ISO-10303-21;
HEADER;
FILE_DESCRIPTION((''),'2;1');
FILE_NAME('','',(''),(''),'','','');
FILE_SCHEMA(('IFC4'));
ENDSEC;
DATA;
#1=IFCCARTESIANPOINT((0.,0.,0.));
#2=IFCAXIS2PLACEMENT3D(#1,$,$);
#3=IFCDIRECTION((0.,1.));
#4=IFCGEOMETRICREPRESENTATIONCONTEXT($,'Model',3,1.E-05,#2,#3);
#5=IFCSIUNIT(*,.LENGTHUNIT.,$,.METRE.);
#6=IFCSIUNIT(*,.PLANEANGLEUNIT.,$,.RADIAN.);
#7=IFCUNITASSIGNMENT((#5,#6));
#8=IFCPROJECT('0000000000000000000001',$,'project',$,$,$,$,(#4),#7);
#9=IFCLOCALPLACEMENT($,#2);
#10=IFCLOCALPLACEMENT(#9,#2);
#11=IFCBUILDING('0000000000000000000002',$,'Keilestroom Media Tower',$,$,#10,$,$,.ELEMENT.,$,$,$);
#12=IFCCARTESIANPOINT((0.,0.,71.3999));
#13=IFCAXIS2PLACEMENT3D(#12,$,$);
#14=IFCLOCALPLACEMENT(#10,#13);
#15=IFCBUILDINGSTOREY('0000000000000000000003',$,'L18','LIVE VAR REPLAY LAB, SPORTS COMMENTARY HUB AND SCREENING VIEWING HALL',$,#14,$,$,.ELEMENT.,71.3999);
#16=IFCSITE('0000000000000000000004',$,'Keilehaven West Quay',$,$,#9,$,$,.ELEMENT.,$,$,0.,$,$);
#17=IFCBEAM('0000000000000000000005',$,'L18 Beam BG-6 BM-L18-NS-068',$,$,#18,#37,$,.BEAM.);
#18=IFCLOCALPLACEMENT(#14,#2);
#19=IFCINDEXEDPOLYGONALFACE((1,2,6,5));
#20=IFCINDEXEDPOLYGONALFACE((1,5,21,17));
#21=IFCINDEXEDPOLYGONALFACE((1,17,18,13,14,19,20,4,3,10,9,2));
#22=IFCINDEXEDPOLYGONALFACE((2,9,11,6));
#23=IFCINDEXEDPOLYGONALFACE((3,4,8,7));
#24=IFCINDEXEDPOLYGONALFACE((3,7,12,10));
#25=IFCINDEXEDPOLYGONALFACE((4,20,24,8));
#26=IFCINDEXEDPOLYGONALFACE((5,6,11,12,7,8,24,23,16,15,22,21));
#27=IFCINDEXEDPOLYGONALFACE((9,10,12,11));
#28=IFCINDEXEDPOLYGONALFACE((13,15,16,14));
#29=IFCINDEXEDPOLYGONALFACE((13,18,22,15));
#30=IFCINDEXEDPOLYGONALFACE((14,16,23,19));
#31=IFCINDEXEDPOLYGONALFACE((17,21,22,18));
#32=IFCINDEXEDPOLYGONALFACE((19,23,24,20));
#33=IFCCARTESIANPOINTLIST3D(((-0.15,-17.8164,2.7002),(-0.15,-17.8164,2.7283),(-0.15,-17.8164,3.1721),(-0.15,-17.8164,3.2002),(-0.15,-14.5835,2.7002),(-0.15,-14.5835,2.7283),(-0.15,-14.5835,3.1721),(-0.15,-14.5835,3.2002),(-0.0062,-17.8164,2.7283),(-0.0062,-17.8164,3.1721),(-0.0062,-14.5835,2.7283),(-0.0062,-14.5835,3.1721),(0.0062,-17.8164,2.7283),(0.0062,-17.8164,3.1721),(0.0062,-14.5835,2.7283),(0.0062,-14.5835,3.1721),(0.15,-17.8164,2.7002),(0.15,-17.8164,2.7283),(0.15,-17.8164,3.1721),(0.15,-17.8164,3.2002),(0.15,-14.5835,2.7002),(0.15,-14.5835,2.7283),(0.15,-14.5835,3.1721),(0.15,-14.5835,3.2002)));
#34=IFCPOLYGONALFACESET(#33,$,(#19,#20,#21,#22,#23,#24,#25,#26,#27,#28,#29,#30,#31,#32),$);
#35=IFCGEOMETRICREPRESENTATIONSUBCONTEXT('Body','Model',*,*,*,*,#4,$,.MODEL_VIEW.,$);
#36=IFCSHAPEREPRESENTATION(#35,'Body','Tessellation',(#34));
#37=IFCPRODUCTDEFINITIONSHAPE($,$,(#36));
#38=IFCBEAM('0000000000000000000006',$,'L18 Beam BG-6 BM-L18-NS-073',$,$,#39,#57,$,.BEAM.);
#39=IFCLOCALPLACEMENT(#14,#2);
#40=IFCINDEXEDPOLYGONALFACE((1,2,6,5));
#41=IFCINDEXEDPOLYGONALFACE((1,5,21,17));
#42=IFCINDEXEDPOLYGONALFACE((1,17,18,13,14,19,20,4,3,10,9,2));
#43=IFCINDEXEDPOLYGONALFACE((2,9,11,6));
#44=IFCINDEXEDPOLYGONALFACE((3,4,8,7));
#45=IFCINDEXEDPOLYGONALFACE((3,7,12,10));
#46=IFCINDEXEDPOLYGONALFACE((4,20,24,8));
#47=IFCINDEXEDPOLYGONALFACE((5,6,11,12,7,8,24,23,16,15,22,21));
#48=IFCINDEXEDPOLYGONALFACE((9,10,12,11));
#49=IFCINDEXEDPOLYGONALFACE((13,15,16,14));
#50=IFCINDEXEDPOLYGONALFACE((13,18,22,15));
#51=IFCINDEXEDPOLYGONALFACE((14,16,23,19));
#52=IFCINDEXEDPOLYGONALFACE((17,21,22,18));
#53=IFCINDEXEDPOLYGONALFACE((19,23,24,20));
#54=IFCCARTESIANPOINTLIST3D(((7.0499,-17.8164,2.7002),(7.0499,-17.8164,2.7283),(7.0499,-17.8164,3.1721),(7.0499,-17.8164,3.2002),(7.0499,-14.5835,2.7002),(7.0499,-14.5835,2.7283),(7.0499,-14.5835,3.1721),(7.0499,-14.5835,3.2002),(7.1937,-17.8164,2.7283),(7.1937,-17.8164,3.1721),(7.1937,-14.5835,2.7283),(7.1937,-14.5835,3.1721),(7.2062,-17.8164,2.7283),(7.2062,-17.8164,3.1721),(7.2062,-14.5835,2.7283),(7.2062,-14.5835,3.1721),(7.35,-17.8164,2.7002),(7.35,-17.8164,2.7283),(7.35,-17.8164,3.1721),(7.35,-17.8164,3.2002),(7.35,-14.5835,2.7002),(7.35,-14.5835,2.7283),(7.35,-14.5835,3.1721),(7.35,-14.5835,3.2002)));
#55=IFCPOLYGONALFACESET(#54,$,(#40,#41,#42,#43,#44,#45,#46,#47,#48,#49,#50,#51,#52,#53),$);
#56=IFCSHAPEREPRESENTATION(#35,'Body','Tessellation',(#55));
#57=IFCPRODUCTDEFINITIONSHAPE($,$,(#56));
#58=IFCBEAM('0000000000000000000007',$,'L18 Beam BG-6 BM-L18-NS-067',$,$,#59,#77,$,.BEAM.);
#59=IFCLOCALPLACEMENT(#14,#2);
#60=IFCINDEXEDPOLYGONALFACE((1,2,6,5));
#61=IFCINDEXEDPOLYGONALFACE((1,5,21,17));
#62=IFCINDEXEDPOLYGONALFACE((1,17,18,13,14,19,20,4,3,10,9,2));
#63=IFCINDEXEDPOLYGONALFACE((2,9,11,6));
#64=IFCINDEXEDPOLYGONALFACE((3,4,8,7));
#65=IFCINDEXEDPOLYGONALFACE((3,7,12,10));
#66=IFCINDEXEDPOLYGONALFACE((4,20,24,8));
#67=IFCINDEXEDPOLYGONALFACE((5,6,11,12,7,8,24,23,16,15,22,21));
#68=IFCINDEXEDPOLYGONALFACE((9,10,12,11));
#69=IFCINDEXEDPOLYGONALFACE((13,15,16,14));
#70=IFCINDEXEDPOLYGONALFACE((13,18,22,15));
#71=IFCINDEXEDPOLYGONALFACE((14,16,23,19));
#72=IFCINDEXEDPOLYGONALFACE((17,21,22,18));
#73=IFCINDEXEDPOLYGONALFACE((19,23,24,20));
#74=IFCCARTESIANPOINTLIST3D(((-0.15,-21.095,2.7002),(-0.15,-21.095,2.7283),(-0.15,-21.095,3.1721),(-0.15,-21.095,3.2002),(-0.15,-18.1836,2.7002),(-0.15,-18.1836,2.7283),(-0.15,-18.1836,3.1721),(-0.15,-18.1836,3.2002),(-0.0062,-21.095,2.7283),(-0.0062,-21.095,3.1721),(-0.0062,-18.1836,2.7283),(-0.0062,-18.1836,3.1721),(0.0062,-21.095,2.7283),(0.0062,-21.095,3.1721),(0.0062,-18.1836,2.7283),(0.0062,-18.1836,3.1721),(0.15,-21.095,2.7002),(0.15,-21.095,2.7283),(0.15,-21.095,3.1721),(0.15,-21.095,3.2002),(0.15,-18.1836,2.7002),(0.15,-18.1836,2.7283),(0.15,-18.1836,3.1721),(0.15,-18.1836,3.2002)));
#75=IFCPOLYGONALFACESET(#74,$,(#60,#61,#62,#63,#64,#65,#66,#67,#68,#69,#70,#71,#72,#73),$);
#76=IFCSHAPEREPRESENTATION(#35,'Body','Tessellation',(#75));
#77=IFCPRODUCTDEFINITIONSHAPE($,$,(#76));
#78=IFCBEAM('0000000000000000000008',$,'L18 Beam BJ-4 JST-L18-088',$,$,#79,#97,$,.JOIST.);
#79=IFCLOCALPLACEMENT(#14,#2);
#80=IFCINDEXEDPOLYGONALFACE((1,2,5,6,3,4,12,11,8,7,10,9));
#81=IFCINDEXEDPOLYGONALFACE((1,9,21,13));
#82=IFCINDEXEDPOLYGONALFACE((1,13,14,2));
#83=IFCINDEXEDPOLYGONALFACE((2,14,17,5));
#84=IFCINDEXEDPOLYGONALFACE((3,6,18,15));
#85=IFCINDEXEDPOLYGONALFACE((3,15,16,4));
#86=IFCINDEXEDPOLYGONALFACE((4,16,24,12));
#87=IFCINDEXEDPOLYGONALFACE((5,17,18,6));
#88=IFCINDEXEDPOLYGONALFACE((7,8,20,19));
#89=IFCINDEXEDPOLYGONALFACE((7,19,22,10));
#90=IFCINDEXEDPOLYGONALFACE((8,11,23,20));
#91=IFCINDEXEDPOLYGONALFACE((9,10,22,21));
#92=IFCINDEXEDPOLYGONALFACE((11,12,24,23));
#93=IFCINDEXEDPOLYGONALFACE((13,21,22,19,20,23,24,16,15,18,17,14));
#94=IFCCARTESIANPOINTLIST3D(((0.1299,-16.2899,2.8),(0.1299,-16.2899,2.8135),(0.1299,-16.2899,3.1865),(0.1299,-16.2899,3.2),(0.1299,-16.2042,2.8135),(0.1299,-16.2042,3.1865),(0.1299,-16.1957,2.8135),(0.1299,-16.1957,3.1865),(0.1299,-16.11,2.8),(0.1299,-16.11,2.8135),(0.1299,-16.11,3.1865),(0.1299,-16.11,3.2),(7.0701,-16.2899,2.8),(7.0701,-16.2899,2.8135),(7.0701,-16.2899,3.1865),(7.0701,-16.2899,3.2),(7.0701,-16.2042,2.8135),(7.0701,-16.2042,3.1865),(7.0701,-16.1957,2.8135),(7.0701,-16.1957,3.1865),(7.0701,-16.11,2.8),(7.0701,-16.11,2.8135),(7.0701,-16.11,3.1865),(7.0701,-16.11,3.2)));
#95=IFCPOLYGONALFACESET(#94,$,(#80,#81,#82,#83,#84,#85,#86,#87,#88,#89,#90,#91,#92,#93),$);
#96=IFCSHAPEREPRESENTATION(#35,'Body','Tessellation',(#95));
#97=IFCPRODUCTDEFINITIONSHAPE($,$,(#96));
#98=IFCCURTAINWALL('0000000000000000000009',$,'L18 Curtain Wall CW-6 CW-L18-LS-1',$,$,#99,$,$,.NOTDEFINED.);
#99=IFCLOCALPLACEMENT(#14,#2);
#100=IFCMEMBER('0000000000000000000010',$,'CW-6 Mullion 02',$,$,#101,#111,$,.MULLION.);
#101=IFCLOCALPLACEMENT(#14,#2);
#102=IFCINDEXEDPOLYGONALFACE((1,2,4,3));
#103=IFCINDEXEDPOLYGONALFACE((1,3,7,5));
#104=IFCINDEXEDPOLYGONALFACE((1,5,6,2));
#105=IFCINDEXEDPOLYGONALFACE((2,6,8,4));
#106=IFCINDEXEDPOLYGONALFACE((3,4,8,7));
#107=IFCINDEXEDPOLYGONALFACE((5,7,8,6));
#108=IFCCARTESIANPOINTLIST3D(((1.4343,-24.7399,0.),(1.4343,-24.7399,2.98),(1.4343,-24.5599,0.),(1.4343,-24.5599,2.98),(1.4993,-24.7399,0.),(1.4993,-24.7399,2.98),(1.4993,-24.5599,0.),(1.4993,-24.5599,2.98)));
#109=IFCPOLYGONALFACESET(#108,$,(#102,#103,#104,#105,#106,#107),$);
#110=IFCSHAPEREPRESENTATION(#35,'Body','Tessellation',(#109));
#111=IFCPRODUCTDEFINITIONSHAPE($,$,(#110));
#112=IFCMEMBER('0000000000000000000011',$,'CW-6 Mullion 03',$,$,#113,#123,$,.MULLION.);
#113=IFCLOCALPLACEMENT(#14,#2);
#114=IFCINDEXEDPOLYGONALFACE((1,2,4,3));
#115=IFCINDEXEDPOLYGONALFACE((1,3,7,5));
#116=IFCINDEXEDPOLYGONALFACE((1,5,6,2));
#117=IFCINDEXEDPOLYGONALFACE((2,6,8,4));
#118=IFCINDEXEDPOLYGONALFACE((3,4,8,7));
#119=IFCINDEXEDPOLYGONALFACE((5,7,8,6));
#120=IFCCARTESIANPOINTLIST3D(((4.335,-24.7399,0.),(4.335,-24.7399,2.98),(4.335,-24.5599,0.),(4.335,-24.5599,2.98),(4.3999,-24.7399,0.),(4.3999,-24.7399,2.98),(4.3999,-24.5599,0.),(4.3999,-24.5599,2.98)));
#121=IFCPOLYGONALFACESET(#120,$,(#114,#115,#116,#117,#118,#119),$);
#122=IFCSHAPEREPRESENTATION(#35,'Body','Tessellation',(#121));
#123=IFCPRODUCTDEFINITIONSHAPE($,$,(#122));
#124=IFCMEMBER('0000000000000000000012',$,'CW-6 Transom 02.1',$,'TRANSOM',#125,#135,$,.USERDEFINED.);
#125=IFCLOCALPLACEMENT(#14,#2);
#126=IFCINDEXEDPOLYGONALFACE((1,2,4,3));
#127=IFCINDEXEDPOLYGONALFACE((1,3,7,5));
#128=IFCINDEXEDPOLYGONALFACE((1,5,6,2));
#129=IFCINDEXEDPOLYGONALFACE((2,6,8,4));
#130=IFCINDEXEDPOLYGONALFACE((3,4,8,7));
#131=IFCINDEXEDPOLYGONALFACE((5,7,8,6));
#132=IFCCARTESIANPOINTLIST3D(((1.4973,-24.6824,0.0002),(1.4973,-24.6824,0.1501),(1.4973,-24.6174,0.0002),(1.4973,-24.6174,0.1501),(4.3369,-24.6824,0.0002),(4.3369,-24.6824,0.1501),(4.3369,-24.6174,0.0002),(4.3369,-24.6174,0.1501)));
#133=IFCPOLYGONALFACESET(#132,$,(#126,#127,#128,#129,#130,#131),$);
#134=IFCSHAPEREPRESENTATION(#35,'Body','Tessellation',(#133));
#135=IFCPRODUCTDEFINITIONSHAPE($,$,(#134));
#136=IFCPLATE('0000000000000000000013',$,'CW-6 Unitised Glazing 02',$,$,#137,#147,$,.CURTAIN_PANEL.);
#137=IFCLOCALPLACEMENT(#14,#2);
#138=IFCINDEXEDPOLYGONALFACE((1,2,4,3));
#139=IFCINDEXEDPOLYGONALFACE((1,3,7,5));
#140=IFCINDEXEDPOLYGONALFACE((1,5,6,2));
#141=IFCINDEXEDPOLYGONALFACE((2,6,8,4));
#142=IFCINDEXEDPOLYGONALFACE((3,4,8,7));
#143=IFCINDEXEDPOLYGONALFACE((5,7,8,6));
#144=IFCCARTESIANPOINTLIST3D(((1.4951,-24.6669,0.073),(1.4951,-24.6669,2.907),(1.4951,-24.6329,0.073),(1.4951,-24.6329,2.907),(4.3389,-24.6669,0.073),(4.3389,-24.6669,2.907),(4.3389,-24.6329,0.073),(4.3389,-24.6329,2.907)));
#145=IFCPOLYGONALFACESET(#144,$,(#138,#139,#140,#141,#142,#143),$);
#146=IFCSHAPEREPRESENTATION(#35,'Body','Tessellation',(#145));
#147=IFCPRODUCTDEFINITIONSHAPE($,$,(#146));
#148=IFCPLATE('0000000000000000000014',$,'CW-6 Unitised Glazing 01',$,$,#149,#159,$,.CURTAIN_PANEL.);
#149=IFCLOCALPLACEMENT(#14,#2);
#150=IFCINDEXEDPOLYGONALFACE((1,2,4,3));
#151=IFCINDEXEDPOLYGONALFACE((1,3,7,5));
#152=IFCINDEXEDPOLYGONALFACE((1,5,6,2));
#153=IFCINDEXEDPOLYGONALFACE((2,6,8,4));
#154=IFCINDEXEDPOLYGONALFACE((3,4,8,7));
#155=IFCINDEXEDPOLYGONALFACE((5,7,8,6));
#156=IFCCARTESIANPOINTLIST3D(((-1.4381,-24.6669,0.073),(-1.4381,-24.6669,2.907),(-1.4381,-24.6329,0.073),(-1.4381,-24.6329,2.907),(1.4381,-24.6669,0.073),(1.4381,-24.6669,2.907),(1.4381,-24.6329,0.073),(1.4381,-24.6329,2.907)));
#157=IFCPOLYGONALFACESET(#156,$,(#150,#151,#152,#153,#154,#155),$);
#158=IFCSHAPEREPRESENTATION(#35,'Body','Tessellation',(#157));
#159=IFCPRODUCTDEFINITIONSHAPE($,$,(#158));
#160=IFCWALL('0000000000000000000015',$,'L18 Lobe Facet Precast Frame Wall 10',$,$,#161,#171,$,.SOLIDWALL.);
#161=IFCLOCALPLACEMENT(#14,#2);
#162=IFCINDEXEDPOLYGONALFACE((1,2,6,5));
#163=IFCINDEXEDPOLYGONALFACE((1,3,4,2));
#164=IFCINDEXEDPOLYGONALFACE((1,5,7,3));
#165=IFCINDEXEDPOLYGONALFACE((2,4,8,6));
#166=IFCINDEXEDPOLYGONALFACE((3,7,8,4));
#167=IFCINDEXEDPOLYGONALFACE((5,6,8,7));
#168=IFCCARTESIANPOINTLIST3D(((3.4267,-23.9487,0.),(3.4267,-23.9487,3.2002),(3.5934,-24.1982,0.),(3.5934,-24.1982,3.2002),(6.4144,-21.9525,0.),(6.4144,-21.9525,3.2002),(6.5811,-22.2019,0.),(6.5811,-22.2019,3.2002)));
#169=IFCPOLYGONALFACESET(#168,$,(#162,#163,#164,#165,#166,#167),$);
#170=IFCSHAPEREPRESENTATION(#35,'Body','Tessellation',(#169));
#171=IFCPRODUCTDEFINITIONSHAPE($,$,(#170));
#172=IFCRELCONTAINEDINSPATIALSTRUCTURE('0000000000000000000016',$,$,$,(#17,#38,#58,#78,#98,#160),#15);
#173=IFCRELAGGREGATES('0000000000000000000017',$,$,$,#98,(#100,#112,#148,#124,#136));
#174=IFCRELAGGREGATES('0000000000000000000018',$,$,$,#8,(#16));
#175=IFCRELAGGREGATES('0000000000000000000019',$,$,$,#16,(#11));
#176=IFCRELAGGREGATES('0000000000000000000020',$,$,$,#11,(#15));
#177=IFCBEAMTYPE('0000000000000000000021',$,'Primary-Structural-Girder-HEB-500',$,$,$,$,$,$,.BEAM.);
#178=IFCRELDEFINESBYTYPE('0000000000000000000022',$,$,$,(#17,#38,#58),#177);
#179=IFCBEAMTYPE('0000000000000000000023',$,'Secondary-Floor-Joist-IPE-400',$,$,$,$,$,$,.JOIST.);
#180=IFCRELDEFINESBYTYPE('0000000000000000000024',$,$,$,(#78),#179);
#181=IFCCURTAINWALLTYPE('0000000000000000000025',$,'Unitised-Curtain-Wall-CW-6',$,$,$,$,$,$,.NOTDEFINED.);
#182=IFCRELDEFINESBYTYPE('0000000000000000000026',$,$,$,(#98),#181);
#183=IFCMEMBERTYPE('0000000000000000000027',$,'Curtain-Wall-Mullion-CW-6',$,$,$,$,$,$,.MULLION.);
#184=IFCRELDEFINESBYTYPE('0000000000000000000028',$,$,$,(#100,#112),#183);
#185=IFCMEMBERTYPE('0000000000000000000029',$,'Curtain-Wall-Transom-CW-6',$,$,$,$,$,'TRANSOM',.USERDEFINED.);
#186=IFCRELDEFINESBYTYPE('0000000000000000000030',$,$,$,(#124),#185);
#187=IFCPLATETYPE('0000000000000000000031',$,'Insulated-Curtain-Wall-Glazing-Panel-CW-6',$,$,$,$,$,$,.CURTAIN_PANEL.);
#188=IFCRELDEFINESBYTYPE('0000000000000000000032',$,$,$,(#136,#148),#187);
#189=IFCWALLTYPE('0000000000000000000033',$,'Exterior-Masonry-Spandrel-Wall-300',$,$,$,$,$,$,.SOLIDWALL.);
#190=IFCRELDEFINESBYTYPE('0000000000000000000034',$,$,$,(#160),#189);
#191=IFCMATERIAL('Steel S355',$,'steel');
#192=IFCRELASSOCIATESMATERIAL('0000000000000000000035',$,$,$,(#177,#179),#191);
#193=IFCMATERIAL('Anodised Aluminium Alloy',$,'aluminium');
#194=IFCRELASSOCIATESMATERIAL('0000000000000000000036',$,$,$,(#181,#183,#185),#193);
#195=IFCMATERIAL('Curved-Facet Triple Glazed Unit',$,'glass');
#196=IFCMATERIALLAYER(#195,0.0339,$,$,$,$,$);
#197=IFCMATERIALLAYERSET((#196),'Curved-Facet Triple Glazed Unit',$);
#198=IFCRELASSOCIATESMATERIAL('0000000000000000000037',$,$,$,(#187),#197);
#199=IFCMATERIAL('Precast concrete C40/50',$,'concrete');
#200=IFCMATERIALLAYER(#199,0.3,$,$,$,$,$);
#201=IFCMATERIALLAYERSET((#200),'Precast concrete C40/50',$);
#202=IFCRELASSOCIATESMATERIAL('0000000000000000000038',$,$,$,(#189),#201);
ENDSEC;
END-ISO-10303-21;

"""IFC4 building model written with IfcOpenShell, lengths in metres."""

from ifc_helpers import new_model, si_unit, direction, frame, frame_2d, origin, origin_2d, place, context, subcontext, project, spatial, rectangle, i_section, extrude, source, transform, mapped, material, layer, layer_set, material_profile, profile_set, type_object, element, aggregate, save


model = new_model("IFC4")

# Units and contexts
model_context = context("Model", 3, precision=1e-05, world=origin(), true_north=direction((0.0, 1.0)))
body_context = subcontext(model_context, "Body", "Model", "MODEL_VIEW")
ifc_project = project(units=[si_unit("LENGTHUNIT", "METRE"), si_unit("PLANEANGLEUNIT", "RADIAN")], contexts=[model_context])

# Site, building, storey
site_placement = place(None, origin())
site = spatial("IfcSite", under=ifc_project, at=site_placement, Name="Keilehaven West Quay", CompositionType="ELEMENT", RefElevation=0.0)
building_placement = place(site_placement, origin())
building = spatial("IfcBuilding", under=site, at=building_placement, Name="Keilestroom Media Tower", CompositionType="ELEMENT")
storey_placement = place(building_placement, frame((0.0, 0.0, 71.3999)))
storey = spatial("IfcBuildingStorey", under=building, at=storey_placement, Name="L18", Description="LIVE VAR REPLAY LAB, SPORTS COMMENTARY HUB AND SCREENING VIEWING HALL", CompositionType="ELEMENT", Elevation=71.3999)

# Beams
ifc_material_1 = material(Name="Steel S355", Category="steel")
ifc_material_profile_1 = material_profile(ifc_material_1, i_section(OverallWidth=0.3, OverallDepth=0.5, WebThickness=0.0125, FlangeThickness=0.0281, at=origin_2d()), Name="HEB 500")
ifc_profile_set_1 = profile_set([ifc_material_profile_1], Name="Steel S355")
beam_type_1 = type_object("IfcBeamType", Name="Primary-Structural-Girder-HEB-500", PredefinedType="BEAM", material=ifc_profile_set_1)
shared_shape_1 = source(origin(), body_context, "Body", "SweptSolid", [
    extrude(i_section(OverallWidth=0.3, OverallDepth=0.5, WebThickness=0.0125, FlangeThickness=0.0281, at=origin_2d()), origin(), (0.0, 0.0, 1.0), 3.2329),
])
for number, where, z_axis, x_axis, name in (
    (1, (0.0, -17.8164, 2.9502), (0.0, 1.0, 0.0), (-1.0, 0.0, 0.0), "L18 Beam BG-6 BM-L18-NS-068"),
    (2, (7.2, -17.8164, 2.9502), (0.0, 1.0, 0.0), (-1.0, 0.0, 0.0), "L18 Beam BG-6 BM-L18-NS-073"),
):
    element("IfcBeam", number, at=place(storey_placement, frame(where, z_axis=z_axis, x_axis=x_axis)), inside=storey, type_object=beam_type_1, Name=name, PredefinedType="BEAM", context=body_context, shape_type="MappedRepresentation", body=[
        mapped(shared_shape_1, transform((0.0, 0.0, 0.0), x_axis=(1.0, 0.0, 0.0), y_axis=(0.0, 1.0, 0.0), z_axis=(0.0, 0.0, 1.0), scale=1.0)),
    ])
shared_shape_2 = source(origin(), body_context, "Body", "SweptSolid", [
    extrude(i_section(OverallWidth=0.3, OverallDepth=0.5, WebThickness=0.0125, FlangeThickness=0.0281, at=origin_2d()), origin(), (0.0, 0.0, 1.0), 2.9114),
])
beam_1_placement = place(storey_placement, frame((0.0, -21.095, 2.9502), z_axis=(0.0, 1.0, 0.0), x_axis=(-1.0, 0.0, 0.0)))
element("IfcBeam", 3, at=beam_1_placement, inside=storey, type_object=beam_type_1, Name="L18 Beam BG-6 BM-L18-NS-067", PredefinedType="BEAM", context=body_context, shape_type="MappedRepresentation", body=[
    mapped(shared_shape_2, transform((0.0, 0.0, 0.0), x_axis=(1.0, 0.0, 0.0), y_axis=(0.0, 1.0, 0.0), z_axis=(0.0, 0.0, 1.0), scale=1.0)),
])
ifc_material_profile_2 = material_profile(ifc_material_1, i_section(OverallWidth=0.1799, OverallDepth=0.3999, WebThickness=0.0085, FlangeThickness=0.0134, at=origin_2d()), Name="IPE 400")
ifc_profile_set_2 = profile_set([ifc_material_profile_2], Name="Steel S355")
beam_type_2 = type_object("IfcBeamType", Name="Secondary-Floor-Joist-IPE-400", PredefinedType="JOIST", material=ifc_profile_set_2)
shared_shape_3 = source(origin(), body_context, "Body", "SweptSolid", [
    extrude(i_section(OverallWidth=0.1799, OverallDepth=0.3999, WebThickness=0.0085, FlangeThickness=0.0134, at=origin_2d()), origin(), (0.0, 0.0, 1.0), 6.9402),
])
beam_2_placement = place(storey_placement, frame((0.1299, -16.2, 3.0), z_axis=(1.0, 0.0, 0.0), x_axis=(0.0, 1.0, 0.0)))
element("IfcBeam", 4, at=beam_2_placement, inside=storey, type_object=beam_type_2, Name="L18 Beam BJ-4 JST-L18-088", PredefinedType="JOIST", context=body_context, shape_type="MappedRepresentation", body=[
    mapped(shared_shape_3, transform((0.0, 0.0, 0.0), x_axis=(1.0, 0.0, 0.0), y_axis=(0.0, 1.0, 0.0), z_axis=(0.0, 0.0, 1.0), scale=1.0)),
])

# Curtain wall, members, plates
ifc_material_2 = material(Name="Anodised Aluminium Alloy", Category="aluminium")
curtain_wall_type = type_object("IfcCurtainWallType", Name="Unitised-Curtain-Wall-CW-6", PredefinedType="NOTDEFINED", material=ifc_material_2)
curtain_wall_placement = place(storey_placement, origin())
curtain_wall = element("IfcCurtainWall", 5, at=curtain_wall_placement, inside=storey, type_object=curtain_wall_type, Name="L18 Curtain Wall CW-6 CW-L18-LS-1", PredefinedType="NOTDEFINED")
ifc_material_profile_3 = material_profile(ifc_material_2, rectangle(XDim=0.0649, YDim=0.1799, at=origin_2d()), Name="ALU MULLION 65x180")
ifc_profile_set_3 = profile_set([ifc_material_profile_3], Name="Anodised Aluminium Alloy")
member_type_1 = type_object("IfcMemberType", Name="Curtain-Wall-Mullion-CW-6", PredefinedType="MULLION", material=ifc_profile_set_3)
shared_shape_4 = source(origin(), body_context, "Body", "SweptSolid", [
    extrude(rectangle(XDim=0.0649, YDim=0.1799, at=origin_2d()), origin(), (0.0, 0.0, 1.0), 2.98),
])
member_1_placement = place(storey_placement, frame((1.4668, -24.6499, 0.0), z_axis=(0.0, 0.0, 1.0), x_axis=(1.0, 0.0, 0.0)))
member_1 = element("IfcMember", 6, at=member_1_placement, type_object=member_type_1, Name="CW-6 Mullion 02", PredefinedType="MULLION", context=body_context, shape_type="MappedRepresentation", body=[
    mapped(shared_shape_4, transform((0.0, 0.0, 0.0), x_axis=(1.0, 0.0, 0.0), y_axis=(0.0, 1.0, 0.0), z_axis=(0.0, 0.0, 1.0), scale=1.0)),
])
member_2_placement = place(storey_placement, frame((4.3674, -24.6499, 0.0), z_axis=(0.0, 0.0, 1.0), x_axis=(1.0, 0.0, 0.0)))
member_2 = element("IfcMember", 7, at=member_2_placement, type_object=member_type_1, Name="CW-6 Mullion 03", PredefinedType="MULLION", context=body_context, shape_type="MappedRepresentation", body=[
    mapped(shared_shape_4, transform((0.0, 0.0, 0.0), x_axis=(1.0, 0.0, 0.0), y_axis=(0.0, 1.0, 0.0), z_axis=(0.0, 0.0, 1.0), scale=1.0)),
])
ifc_material_profile_4 = material_profile(ifc_material_2, rectangle(XDim=0.0649, YDim=0.1499, at=origin_2d()), Name="ALU TRANSOM 65x150")
ifc_profile_set_4 = profile_set([ifc_material_profile_4], Name="Anodised Aluminium Alloy")
member_type_2 = type_object("IfcMemberType", Name="Curtain-Wall-Transom-CW-6", ElementType="TRANSOM", PredefinedType="USERDEFINED", material=ifc_profile_set_4)
shared_shape_5 = source(origin(), body_context, "Body", "SweptSolid", [
    extrude(rectangle(XDim=0.0649, YDim=0.1499, at=origin_2d()), origin(), (0.0, 0.0, 1.0), 2.8396),
])
member_3_placement = place(storey_placement, frame((1.4973, -24.6499, 0.0752), z_axis=(1.0, 0.0, 0.0), x_axis=(0.0, 1.0, 0.0)))
member_3 = element("IfcMember", 8, at=member_3_placement, type_object=member_type_2, Name="CW-6 Transom 02.1", ObjectType="TRANSOM", PredefinedType="USERDEFINED", context=body_context, shape_type="MappedRepresentation", body=[
    mapped(shared_shape_5, transform((0.0, 0.0, 0.0), x_axis=(1.0, 0.0, 0.0), y_axis=(0.0, 1.0, 0.0), z_axis=(0.0, 0.0, 1.0), scale=1.0)),
])
ifc_material_3 = material(Name="Curved-Facet Triple Glazed Unit", Category="glass")
ifc_layer_1 = layer(ifc_material_3, 0.0339)
ifc_layer_set_1 = layer_set([ifc_layer_1], Name="Curved-Facet Triple Glazed Unit")
plate_type = type_object("IfcPlateType", Name="Insulated-Curtain-Wall-Glazing-Panel-CW-6", PredefinedType="CURTAIN_PANEL", material=ifc_layer_set_1)
shared_shape_6 = source(origin(), body_context, "Body", "SweptSolid", [
    extrude(rectangle(XDim=2.8438, YDim=0.0339, at=origin_2d()), origin(), (0.0, 0.0, 1.0), 2.834),
])
plate_1_placement = place(storey_placement, frame((2.917, -24.6499, 0.073), z_axis=(0.0, 0.0, 1.0), x_axis=(1.0, 0.0, 0.0)))
plate_1 = element("IfcPlate", 9, at=plate_1_placement, type_object=plate_type, Name="CW-6 Unitised Glazing 02", PredefinedType="CURTAIN_PANEL", context=body_context, shape_type="MappedRepresentation", body=[
    mapped(shared_shape_6, transform((0.0, 0.0, 0.0), x_axis=(1.0, 0.0, 0.0), y_axis=(0.0, 1.0, 0.0), z_axis=(0.0, 0.0, 1.0), scale=1.0)),
])
shared_shape_7 = source(origin(), body_context, "Body", "SweptSolid", [
    extrude(rectangle(XDim=2.8762, YDim=0.0339, at=origin_2d()), origin(), (0.0, 0.0, 1.0), 2.834),
])
plate_2_placement = place(storey_placement, frame((0.0, -24.6499, 0.073), z_axis=(0.0, 0.0, 1.0), x_axis=(1.0, 0.0, 0.0)))
plate_2 = element("IfcPlate", 10, at=plate_2_placement, type_object=plate_type, Name="CW-6 Unitised Glazing 01", PredefinedType="CURTAIN_PANEL", context=body_context, shape_type="MappedRepresentation", body=[
    mapped(shared_shape_7, transform((0.0, 0.0, 0.0), x_axis=(1.0, 0.0, 0.0), y_axis=(0.0, 1.0, 0.0), z_axis=(0.0, 0.0, 1.0), scale=1.0)),
])
aggregate(curtain_wall, [member_1, member_2, plate_2, member_3, plate_1])

# Wall
ifc_material_4 = material(Name="Precast concrete C40/50", Category="concrete")
ifc_layer_2 = layer(ifc_material_4, 0.3)
ifc_layer_set_2 = layer_set([ifc_layer_2], Name="Precast concrete C40/50")
wall_type_1 = type_object("IfcWallType", Name="Exterior-Masonry-Spandrel-Wall-300", PredefinedType="SOLIDWALL", material=ifc_layer_set_2)
wall_1_placement = place(storey_placement, frame((3.51, -24.0735, 0.0), z_axis=(0.0, 0.0, 1.0), x_axis=(0.831475, 0.555562, 0.0)))
element("IfcWall", 11, at=wall_1_placement, inside=storey, type_object=wall_type_1, Name="L18 Lobe Facet Precast Frame Wall 10", PredefinedType="SOLIDWALL", context=body_context, shape_type="SweptSolid", body=[
    extrude(rectangle(XDim=3.5933, YDim=0.3, at=frame_2d((1.7966, 0.0))), origin(), (0.0, 0.0, 1.0), 3.2002),
])

save(model, "model.ifc")
